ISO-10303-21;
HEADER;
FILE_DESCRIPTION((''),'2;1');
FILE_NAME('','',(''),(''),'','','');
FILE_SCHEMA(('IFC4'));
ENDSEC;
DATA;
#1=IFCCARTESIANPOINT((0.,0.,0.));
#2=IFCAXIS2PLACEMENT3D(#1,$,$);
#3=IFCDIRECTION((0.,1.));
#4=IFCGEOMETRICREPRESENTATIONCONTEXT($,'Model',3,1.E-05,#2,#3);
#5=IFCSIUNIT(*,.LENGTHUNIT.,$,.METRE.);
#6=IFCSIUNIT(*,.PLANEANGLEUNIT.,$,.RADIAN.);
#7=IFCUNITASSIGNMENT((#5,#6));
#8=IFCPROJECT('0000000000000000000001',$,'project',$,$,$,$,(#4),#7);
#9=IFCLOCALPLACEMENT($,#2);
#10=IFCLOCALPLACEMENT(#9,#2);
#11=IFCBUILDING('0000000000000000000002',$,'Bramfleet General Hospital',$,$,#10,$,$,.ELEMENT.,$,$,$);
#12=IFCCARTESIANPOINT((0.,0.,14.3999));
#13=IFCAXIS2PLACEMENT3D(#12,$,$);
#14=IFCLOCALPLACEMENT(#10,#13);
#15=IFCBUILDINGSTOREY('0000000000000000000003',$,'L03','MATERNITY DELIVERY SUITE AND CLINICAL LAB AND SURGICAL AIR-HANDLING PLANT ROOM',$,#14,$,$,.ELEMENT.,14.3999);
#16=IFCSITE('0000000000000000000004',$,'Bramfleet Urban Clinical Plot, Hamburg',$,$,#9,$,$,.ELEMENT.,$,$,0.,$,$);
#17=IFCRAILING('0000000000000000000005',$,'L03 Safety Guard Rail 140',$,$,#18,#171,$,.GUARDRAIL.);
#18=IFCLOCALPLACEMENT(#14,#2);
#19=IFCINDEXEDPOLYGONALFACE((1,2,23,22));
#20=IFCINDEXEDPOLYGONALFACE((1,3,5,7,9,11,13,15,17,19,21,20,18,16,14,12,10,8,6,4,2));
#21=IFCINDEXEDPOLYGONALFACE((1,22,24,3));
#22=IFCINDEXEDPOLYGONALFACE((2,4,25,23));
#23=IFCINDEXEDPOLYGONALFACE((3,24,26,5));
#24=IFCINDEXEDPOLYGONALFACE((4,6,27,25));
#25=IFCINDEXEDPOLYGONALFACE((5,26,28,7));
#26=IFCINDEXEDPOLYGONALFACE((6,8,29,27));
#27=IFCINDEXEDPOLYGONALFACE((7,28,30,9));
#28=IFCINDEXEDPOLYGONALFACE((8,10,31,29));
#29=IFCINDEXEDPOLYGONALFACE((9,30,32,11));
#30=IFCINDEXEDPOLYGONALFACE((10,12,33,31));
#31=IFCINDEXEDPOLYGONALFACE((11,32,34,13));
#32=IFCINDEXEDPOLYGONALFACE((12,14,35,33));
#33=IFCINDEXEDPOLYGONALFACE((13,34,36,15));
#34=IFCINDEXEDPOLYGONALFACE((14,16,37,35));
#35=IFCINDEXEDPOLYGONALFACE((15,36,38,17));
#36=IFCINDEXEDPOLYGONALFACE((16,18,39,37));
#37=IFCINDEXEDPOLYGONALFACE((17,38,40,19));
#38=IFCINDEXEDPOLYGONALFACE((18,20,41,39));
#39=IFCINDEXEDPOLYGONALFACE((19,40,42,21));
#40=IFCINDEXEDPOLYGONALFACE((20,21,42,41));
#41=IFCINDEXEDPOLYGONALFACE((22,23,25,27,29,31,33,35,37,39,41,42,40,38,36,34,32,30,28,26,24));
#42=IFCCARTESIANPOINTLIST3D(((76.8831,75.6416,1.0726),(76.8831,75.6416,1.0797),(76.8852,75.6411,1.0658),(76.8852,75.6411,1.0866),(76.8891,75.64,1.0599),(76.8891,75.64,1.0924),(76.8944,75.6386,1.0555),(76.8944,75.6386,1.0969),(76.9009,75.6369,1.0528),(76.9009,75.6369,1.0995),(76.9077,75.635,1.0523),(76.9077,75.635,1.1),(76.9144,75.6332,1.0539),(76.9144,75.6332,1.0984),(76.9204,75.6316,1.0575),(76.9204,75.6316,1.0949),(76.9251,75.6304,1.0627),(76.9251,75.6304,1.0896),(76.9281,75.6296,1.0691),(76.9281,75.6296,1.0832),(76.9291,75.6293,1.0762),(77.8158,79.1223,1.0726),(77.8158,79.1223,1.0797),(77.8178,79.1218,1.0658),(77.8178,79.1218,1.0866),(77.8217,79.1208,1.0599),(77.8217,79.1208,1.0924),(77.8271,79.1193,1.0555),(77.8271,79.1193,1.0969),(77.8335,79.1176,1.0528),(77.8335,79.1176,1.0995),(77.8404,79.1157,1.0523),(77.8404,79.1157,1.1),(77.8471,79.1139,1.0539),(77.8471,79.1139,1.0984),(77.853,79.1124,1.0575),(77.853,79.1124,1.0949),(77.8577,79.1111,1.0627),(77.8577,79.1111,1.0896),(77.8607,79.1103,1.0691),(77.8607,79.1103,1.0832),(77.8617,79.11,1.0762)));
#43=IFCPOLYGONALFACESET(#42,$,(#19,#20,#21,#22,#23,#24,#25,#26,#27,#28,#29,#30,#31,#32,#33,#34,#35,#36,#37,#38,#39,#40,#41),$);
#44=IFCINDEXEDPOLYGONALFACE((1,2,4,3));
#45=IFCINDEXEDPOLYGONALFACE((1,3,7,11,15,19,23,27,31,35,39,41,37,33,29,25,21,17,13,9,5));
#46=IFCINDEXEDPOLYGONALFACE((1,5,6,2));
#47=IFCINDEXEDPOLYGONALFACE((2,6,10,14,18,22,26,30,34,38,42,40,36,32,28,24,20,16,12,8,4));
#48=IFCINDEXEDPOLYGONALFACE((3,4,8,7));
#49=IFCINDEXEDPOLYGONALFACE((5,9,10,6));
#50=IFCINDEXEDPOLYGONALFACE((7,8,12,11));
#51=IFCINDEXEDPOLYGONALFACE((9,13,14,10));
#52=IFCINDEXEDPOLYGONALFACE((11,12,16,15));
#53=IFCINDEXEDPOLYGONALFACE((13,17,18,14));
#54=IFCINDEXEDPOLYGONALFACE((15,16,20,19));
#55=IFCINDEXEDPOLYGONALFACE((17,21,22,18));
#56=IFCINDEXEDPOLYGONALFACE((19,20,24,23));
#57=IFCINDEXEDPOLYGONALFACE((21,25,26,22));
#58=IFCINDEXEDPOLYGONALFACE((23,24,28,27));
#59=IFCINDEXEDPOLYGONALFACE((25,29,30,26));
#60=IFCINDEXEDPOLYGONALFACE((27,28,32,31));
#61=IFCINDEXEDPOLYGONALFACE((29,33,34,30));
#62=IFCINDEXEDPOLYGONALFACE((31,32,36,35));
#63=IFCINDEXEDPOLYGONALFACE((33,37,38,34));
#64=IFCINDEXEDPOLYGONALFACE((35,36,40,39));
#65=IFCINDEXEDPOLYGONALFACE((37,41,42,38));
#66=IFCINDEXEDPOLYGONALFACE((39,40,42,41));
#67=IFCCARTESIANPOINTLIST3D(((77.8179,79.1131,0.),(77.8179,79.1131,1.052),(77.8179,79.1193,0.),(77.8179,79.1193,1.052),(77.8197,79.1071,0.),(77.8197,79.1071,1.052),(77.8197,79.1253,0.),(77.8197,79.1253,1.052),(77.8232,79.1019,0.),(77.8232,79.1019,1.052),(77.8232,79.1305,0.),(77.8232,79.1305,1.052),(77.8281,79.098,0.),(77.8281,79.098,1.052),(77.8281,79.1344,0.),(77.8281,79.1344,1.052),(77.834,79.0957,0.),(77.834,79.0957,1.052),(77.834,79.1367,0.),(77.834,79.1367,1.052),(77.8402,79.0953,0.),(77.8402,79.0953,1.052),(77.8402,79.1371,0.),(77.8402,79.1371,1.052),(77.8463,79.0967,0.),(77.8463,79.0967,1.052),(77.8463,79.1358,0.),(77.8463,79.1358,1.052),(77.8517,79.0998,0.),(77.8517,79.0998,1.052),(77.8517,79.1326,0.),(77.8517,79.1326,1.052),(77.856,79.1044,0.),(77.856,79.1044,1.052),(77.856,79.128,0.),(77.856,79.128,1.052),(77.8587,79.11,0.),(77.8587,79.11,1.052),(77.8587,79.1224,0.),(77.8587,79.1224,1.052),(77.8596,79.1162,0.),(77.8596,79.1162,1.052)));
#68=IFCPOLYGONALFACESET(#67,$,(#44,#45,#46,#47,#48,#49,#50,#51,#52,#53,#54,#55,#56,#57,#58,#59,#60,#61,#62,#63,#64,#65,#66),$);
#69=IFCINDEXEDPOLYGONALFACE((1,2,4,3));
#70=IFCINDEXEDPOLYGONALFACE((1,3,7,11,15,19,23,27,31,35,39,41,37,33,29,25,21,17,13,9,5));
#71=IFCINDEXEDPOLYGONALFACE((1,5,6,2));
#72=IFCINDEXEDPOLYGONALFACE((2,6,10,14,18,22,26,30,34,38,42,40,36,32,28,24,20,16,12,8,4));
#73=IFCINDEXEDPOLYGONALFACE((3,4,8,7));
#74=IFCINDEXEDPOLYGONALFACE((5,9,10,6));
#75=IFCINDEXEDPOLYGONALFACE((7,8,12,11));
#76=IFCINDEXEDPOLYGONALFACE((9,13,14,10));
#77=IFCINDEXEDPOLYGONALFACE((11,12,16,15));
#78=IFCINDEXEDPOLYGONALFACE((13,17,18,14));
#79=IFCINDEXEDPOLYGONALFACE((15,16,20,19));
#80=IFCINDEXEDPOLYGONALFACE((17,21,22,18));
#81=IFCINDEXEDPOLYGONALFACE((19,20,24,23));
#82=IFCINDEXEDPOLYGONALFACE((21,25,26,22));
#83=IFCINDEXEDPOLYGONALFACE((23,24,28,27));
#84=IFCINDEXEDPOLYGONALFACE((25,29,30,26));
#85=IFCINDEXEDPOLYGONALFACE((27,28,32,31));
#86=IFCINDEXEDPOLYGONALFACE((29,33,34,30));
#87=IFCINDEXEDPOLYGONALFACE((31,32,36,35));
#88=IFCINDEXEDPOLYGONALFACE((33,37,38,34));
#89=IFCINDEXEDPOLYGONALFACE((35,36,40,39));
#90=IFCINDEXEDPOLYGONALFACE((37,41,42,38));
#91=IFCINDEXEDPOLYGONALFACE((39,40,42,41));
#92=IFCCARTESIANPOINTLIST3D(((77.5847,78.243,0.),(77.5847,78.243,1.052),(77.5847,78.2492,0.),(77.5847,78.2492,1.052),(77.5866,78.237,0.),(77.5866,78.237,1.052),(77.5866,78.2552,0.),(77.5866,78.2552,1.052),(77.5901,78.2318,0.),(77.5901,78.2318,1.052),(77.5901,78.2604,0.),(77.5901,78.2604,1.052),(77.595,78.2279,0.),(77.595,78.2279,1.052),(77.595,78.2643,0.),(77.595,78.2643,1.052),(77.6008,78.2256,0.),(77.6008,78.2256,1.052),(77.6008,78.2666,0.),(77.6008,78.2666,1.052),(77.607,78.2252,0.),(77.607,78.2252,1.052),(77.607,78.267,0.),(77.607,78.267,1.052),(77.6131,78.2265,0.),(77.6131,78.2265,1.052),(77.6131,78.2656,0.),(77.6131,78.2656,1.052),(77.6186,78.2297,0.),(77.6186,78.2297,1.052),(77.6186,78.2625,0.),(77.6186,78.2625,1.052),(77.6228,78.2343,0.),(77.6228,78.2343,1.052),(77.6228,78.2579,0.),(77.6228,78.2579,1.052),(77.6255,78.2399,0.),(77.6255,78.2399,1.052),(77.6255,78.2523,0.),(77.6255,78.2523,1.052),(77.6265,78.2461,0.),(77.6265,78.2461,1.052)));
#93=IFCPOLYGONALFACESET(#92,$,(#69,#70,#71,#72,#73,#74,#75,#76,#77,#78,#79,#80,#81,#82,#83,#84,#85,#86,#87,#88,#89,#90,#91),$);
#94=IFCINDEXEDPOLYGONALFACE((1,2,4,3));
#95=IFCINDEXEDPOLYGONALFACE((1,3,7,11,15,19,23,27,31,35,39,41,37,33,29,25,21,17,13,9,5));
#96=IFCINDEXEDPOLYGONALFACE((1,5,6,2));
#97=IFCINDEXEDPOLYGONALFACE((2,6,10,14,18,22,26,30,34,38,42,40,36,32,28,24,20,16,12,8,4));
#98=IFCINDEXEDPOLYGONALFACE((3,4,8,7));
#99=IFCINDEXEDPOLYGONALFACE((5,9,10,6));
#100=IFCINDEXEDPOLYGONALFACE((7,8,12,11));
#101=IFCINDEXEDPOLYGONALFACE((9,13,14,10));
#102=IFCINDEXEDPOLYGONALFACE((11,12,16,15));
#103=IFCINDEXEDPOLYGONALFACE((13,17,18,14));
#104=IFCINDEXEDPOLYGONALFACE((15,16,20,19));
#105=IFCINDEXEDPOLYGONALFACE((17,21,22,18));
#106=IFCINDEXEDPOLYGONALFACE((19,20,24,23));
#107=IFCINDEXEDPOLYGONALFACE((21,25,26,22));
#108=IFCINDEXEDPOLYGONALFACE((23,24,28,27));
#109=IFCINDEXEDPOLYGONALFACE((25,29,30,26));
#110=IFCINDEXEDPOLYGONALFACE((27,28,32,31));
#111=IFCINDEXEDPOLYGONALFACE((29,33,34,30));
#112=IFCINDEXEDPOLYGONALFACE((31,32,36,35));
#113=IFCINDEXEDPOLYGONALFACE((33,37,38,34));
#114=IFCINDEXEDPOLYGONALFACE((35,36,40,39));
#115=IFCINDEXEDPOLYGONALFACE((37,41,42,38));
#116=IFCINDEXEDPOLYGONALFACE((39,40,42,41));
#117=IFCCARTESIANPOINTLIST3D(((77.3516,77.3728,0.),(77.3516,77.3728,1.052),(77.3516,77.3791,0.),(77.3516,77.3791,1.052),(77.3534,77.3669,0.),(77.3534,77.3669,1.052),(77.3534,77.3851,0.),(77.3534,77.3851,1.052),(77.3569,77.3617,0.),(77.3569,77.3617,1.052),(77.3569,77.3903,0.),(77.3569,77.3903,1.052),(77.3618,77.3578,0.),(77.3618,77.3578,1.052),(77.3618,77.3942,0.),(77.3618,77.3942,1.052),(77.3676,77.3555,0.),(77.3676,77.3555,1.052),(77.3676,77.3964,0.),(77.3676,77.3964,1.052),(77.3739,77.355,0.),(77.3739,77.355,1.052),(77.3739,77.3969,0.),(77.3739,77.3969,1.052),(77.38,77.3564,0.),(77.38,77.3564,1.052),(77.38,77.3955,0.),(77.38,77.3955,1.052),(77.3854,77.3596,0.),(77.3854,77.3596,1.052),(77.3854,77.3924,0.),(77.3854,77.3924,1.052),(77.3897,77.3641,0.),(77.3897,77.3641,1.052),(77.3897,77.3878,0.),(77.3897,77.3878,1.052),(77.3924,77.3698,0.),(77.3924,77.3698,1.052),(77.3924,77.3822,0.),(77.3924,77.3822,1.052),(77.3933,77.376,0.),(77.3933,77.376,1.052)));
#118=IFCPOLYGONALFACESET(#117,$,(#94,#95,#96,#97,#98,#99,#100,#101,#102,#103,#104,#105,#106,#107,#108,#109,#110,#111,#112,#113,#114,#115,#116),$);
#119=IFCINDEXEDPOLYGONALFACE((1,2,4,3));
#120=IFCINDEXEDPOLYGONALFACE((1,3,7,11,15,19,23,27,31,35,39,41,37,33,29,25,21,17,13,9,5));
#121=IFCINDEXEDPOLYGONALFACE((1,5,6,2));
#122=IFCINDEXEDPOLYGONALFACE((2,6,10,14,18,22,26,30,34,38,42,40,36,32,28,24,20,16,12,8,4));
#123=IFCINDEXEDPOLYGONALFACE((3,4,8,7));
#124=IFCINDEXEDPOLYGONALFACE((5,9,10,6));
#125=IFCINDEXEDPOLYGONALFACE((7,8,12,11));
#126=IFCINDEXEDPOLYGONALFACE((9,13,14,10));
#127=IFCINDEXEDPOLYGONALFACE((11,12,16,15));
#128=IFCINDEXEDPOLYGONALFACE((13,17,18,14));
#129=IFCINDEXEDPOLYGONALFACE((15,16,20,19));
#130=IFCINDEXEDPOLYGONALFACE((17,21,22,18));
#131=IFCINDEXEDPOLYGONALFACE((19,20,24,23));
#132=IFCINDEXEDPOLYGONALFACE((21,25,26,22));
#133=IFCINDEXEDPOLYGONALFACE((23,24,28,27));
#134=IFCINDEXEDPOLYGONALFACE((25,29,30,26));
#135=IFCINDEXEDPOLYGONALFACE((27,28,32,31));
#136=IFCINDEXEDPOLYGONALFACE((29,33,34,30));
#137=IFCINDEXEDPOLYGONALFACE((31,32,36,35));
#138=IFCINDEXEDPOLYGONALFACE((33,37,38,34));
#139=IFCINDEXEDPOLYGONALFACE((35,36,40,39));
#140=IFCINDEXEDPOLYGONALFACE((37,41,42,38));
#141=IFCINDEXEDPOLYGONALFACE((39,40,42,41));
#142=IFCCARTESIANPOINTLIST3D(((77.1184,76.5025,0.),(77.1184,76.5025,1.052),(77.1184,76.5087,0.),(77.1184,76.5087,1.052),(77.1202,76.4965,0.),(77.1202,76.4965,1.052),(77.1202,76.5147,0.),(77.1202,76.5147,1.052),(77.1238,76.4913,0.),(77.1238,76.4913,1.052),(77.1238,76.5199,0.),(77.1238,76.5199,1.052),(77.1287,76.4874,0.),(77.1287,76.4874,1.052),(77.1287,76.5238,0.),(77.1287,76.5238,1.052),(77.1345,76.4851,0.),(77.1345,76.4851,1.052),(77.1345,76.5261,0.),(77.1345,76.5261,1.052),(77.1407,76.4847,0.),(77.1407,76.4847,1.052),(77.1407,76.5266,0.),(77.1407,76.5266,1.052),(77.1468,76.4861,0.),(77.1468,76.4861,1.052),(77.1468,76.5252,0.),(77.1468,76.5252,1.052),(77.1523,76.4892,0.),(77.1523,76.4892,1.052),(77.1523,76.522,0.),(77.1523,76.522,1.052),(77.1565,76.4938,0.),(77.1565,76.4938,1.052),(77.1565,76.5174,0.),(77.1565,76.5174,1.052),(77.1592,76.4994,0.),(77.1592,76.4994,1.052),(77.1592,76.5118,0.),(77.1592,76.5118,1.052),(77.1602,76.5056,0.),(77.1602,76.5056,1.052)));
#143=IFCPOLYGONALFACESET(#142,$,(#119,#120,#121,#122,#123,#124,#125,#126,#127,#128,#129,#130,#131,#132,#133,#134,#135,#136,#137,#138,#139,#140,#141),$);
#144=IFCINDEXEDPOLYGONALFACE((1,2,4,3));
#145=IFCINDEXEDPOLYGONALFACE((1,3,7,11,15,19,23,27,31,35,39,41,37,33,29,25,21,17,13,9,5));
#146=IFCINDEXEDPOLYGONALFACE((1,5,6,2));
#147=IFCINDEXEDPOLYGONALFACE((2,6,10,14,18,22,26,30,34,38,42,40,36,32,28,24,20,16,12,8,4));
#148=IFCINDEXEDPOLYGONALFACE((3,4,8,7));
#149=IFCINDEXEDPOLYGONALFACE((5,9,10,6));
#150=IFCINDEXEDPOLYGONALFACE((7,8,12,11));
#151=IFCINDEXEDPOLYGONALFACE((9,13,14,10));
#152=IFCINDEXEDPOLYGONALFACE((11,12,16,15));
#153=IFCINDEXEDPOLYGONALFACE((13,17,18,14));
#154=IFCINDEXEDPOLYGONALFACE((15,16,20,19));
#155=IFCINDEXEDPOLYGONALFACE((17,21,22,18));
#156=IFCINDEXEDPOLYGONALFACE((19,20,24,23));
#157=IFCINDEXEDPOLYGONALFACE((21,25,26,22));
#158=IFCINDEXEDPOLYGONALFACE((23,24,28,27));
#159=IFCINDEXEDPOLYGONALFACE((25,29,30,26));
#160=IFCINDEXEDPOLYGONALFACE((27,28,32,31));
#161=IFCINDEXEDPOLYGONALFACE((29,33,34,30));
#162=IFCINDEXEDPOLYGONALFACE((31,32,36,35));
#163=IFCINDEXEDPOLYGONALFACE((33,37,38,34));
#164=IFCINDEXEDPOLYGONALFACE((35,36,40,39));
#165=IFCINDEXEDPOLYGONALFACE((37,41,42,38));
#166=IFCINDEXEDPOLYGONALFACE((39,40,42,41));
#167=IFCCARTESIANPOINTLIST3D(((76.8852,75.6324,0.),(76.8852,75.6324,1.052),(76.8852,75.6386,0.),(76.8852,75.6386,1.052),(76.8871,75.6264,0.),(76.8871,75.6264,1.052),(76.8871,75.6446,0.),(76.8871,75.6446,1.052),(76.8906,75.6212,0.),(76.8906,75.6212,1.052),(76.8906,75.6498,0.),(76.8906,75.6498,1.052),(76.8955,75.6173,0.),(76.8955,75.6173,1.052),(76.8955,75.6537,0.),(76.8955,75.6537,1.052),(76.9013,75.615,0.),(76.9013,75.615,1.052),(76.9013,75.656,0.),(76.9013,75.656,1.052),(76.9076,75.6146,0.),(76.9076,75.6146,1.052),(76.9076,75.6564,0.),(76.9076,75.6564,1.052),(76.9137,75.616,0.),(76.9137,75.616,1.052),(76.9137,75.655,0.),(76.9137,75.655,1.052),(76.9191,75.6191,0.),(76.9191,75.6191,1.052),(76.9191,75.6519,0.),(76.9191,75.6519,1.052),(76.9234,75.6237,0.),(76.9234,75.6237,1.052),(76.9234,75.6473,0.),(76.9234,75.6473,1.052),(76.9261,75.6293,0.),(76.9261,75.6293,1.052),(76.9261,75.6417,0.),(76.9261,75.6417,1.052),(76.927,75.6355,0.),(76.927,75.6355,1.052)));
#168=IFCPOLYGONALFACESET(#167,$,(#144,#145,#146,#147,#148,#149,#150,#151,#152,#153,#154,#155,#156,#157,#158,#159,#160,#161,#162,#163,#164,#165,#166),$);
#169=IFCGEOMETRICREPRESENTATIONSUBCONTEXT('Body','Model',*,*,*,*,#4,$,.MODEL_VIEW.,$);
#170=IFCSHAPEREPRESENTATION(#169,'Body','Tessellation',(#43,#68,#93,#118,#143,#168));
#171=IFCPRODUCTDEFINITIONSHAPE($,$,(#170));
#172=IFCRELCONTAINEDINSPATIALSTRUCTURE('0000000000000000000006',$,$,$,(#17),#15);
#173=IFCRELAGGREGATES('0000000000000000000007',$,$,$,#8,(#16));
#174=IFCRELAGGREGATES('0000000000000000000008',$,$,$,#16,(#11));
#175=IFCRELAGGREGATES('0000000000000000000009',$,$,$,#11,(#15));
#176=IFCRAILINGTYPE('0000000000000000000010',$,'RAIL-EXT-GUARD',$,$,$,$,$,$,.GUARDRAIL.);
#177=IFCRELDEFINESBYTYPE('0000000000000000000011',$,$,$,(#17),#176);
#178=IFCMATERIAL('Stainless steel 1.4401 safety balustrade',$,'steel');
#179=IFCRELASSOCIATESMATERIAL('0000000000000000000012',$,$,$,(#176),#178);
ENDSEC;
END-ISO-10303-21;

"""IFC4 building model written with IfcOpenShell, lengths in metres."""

from ifc_helpers import new_model, si_unit, direction, frame, origin, origin_2d, place, context, subcontext, project, spatial, circle, extrude, material, type_object, element, save


model = new_model("IFC4")

# Units and contexts
model_context = context("Model", 3, precision=1e-05, world=origin(), true_north=direction((0.0, 1.0)))
body_context = subcontext(model_context, "Body", "Model", "MODEL_VIEW")
ifc_project = project(units=[si_unit("LENGTHUNIT", "METRE"), si_unit("PLANEANGLEUNIT", "RADIAN")], contexts=[model_context])

# Site, building, storey
site_placement = place(None, origin())
site = spatial("IfcSite", under=ifc_project, at=site_placement, Name="Bramfleet Urban Clinical Plot, Hamburg", CompositionType="ELEMENT", RefElevation=0.0)
building_placement = place(site_placement, origin())
building = spatial("IfcBuilding", under=site, at=building_placement, Name="Bramfleet General Hospital", CompositionType="ELEMENT")
storey_placement = place(building_placement, frame((0.0, 0.0, 14.3999)))
storey = spatial("IfcBuildingStorey", under=building, at=storey_placement, Name="L03", Description="MATERNITY DELIVERY SUITE AND CLINICAL LAB AND SURGICAL AIR-HANDLING PLANT ROOM", CompositionType="ELEMENT", Elevation=14.3999)

# Railing
ifc_material_1 = material(Name="Stainless steel 1.4401 safety balustrade", Category="steel")
railing_type = type_object("IfcRailingType", Name="RAIL-EXT-GUARD", PredefinedType="GUARDRAIL", material=ifc_material_1)
railing_placement = place(storey_placement, frame((77.8386, 79.1162, 0.0)))
element("IfcRailing", 1, at=railing_placement, inside=storey, type_object=railing_type, Name="L03 Safety Guard Rail 140", PredefinedType="GUARDRAIL", context=body_context, shape_type="SweptSolid", body=[
    extrude(circle(Radius=0.0239, at=origin_2d()), frame((0.0, 0.0, 1.0762), z_axis=(-0.258809, -0.965928, 0.0), x_axis=(0.965928, -0.258809, 0.0)), (0.0, 0.0, 1.0), 3.6035),
    extrude(circle(Radius=0.021, at=origin_2d()), origin(), (0.0, 0.0, 1.0), 1.052),
    extrude(circle(Radius=0.021, at=origin_2d()), frame((-0.2332, -0.8701, 0.0)), (0.0, 0.0, 1.0), 1.052),
    extrude(circle(Radius=0.021, at=origin_2d()), frame((-0.4663, -1.7402, 0.0)), (0.0, 0.0, 1.0), 1.052),
    extrude(circle(Radius=0.021, at=origin_2d()), frame((-0.6995, -2.6106, 0.0)), (0.0, 0.0, 1.0), 1.052),
    extrude(circle(Radius=0.021, at=origin_2d()), frame((-0.9326, -3.4807, 0.0)), (0.0, 0.0, 1.0), 1.052),
])

save(model, "model.ifc")
